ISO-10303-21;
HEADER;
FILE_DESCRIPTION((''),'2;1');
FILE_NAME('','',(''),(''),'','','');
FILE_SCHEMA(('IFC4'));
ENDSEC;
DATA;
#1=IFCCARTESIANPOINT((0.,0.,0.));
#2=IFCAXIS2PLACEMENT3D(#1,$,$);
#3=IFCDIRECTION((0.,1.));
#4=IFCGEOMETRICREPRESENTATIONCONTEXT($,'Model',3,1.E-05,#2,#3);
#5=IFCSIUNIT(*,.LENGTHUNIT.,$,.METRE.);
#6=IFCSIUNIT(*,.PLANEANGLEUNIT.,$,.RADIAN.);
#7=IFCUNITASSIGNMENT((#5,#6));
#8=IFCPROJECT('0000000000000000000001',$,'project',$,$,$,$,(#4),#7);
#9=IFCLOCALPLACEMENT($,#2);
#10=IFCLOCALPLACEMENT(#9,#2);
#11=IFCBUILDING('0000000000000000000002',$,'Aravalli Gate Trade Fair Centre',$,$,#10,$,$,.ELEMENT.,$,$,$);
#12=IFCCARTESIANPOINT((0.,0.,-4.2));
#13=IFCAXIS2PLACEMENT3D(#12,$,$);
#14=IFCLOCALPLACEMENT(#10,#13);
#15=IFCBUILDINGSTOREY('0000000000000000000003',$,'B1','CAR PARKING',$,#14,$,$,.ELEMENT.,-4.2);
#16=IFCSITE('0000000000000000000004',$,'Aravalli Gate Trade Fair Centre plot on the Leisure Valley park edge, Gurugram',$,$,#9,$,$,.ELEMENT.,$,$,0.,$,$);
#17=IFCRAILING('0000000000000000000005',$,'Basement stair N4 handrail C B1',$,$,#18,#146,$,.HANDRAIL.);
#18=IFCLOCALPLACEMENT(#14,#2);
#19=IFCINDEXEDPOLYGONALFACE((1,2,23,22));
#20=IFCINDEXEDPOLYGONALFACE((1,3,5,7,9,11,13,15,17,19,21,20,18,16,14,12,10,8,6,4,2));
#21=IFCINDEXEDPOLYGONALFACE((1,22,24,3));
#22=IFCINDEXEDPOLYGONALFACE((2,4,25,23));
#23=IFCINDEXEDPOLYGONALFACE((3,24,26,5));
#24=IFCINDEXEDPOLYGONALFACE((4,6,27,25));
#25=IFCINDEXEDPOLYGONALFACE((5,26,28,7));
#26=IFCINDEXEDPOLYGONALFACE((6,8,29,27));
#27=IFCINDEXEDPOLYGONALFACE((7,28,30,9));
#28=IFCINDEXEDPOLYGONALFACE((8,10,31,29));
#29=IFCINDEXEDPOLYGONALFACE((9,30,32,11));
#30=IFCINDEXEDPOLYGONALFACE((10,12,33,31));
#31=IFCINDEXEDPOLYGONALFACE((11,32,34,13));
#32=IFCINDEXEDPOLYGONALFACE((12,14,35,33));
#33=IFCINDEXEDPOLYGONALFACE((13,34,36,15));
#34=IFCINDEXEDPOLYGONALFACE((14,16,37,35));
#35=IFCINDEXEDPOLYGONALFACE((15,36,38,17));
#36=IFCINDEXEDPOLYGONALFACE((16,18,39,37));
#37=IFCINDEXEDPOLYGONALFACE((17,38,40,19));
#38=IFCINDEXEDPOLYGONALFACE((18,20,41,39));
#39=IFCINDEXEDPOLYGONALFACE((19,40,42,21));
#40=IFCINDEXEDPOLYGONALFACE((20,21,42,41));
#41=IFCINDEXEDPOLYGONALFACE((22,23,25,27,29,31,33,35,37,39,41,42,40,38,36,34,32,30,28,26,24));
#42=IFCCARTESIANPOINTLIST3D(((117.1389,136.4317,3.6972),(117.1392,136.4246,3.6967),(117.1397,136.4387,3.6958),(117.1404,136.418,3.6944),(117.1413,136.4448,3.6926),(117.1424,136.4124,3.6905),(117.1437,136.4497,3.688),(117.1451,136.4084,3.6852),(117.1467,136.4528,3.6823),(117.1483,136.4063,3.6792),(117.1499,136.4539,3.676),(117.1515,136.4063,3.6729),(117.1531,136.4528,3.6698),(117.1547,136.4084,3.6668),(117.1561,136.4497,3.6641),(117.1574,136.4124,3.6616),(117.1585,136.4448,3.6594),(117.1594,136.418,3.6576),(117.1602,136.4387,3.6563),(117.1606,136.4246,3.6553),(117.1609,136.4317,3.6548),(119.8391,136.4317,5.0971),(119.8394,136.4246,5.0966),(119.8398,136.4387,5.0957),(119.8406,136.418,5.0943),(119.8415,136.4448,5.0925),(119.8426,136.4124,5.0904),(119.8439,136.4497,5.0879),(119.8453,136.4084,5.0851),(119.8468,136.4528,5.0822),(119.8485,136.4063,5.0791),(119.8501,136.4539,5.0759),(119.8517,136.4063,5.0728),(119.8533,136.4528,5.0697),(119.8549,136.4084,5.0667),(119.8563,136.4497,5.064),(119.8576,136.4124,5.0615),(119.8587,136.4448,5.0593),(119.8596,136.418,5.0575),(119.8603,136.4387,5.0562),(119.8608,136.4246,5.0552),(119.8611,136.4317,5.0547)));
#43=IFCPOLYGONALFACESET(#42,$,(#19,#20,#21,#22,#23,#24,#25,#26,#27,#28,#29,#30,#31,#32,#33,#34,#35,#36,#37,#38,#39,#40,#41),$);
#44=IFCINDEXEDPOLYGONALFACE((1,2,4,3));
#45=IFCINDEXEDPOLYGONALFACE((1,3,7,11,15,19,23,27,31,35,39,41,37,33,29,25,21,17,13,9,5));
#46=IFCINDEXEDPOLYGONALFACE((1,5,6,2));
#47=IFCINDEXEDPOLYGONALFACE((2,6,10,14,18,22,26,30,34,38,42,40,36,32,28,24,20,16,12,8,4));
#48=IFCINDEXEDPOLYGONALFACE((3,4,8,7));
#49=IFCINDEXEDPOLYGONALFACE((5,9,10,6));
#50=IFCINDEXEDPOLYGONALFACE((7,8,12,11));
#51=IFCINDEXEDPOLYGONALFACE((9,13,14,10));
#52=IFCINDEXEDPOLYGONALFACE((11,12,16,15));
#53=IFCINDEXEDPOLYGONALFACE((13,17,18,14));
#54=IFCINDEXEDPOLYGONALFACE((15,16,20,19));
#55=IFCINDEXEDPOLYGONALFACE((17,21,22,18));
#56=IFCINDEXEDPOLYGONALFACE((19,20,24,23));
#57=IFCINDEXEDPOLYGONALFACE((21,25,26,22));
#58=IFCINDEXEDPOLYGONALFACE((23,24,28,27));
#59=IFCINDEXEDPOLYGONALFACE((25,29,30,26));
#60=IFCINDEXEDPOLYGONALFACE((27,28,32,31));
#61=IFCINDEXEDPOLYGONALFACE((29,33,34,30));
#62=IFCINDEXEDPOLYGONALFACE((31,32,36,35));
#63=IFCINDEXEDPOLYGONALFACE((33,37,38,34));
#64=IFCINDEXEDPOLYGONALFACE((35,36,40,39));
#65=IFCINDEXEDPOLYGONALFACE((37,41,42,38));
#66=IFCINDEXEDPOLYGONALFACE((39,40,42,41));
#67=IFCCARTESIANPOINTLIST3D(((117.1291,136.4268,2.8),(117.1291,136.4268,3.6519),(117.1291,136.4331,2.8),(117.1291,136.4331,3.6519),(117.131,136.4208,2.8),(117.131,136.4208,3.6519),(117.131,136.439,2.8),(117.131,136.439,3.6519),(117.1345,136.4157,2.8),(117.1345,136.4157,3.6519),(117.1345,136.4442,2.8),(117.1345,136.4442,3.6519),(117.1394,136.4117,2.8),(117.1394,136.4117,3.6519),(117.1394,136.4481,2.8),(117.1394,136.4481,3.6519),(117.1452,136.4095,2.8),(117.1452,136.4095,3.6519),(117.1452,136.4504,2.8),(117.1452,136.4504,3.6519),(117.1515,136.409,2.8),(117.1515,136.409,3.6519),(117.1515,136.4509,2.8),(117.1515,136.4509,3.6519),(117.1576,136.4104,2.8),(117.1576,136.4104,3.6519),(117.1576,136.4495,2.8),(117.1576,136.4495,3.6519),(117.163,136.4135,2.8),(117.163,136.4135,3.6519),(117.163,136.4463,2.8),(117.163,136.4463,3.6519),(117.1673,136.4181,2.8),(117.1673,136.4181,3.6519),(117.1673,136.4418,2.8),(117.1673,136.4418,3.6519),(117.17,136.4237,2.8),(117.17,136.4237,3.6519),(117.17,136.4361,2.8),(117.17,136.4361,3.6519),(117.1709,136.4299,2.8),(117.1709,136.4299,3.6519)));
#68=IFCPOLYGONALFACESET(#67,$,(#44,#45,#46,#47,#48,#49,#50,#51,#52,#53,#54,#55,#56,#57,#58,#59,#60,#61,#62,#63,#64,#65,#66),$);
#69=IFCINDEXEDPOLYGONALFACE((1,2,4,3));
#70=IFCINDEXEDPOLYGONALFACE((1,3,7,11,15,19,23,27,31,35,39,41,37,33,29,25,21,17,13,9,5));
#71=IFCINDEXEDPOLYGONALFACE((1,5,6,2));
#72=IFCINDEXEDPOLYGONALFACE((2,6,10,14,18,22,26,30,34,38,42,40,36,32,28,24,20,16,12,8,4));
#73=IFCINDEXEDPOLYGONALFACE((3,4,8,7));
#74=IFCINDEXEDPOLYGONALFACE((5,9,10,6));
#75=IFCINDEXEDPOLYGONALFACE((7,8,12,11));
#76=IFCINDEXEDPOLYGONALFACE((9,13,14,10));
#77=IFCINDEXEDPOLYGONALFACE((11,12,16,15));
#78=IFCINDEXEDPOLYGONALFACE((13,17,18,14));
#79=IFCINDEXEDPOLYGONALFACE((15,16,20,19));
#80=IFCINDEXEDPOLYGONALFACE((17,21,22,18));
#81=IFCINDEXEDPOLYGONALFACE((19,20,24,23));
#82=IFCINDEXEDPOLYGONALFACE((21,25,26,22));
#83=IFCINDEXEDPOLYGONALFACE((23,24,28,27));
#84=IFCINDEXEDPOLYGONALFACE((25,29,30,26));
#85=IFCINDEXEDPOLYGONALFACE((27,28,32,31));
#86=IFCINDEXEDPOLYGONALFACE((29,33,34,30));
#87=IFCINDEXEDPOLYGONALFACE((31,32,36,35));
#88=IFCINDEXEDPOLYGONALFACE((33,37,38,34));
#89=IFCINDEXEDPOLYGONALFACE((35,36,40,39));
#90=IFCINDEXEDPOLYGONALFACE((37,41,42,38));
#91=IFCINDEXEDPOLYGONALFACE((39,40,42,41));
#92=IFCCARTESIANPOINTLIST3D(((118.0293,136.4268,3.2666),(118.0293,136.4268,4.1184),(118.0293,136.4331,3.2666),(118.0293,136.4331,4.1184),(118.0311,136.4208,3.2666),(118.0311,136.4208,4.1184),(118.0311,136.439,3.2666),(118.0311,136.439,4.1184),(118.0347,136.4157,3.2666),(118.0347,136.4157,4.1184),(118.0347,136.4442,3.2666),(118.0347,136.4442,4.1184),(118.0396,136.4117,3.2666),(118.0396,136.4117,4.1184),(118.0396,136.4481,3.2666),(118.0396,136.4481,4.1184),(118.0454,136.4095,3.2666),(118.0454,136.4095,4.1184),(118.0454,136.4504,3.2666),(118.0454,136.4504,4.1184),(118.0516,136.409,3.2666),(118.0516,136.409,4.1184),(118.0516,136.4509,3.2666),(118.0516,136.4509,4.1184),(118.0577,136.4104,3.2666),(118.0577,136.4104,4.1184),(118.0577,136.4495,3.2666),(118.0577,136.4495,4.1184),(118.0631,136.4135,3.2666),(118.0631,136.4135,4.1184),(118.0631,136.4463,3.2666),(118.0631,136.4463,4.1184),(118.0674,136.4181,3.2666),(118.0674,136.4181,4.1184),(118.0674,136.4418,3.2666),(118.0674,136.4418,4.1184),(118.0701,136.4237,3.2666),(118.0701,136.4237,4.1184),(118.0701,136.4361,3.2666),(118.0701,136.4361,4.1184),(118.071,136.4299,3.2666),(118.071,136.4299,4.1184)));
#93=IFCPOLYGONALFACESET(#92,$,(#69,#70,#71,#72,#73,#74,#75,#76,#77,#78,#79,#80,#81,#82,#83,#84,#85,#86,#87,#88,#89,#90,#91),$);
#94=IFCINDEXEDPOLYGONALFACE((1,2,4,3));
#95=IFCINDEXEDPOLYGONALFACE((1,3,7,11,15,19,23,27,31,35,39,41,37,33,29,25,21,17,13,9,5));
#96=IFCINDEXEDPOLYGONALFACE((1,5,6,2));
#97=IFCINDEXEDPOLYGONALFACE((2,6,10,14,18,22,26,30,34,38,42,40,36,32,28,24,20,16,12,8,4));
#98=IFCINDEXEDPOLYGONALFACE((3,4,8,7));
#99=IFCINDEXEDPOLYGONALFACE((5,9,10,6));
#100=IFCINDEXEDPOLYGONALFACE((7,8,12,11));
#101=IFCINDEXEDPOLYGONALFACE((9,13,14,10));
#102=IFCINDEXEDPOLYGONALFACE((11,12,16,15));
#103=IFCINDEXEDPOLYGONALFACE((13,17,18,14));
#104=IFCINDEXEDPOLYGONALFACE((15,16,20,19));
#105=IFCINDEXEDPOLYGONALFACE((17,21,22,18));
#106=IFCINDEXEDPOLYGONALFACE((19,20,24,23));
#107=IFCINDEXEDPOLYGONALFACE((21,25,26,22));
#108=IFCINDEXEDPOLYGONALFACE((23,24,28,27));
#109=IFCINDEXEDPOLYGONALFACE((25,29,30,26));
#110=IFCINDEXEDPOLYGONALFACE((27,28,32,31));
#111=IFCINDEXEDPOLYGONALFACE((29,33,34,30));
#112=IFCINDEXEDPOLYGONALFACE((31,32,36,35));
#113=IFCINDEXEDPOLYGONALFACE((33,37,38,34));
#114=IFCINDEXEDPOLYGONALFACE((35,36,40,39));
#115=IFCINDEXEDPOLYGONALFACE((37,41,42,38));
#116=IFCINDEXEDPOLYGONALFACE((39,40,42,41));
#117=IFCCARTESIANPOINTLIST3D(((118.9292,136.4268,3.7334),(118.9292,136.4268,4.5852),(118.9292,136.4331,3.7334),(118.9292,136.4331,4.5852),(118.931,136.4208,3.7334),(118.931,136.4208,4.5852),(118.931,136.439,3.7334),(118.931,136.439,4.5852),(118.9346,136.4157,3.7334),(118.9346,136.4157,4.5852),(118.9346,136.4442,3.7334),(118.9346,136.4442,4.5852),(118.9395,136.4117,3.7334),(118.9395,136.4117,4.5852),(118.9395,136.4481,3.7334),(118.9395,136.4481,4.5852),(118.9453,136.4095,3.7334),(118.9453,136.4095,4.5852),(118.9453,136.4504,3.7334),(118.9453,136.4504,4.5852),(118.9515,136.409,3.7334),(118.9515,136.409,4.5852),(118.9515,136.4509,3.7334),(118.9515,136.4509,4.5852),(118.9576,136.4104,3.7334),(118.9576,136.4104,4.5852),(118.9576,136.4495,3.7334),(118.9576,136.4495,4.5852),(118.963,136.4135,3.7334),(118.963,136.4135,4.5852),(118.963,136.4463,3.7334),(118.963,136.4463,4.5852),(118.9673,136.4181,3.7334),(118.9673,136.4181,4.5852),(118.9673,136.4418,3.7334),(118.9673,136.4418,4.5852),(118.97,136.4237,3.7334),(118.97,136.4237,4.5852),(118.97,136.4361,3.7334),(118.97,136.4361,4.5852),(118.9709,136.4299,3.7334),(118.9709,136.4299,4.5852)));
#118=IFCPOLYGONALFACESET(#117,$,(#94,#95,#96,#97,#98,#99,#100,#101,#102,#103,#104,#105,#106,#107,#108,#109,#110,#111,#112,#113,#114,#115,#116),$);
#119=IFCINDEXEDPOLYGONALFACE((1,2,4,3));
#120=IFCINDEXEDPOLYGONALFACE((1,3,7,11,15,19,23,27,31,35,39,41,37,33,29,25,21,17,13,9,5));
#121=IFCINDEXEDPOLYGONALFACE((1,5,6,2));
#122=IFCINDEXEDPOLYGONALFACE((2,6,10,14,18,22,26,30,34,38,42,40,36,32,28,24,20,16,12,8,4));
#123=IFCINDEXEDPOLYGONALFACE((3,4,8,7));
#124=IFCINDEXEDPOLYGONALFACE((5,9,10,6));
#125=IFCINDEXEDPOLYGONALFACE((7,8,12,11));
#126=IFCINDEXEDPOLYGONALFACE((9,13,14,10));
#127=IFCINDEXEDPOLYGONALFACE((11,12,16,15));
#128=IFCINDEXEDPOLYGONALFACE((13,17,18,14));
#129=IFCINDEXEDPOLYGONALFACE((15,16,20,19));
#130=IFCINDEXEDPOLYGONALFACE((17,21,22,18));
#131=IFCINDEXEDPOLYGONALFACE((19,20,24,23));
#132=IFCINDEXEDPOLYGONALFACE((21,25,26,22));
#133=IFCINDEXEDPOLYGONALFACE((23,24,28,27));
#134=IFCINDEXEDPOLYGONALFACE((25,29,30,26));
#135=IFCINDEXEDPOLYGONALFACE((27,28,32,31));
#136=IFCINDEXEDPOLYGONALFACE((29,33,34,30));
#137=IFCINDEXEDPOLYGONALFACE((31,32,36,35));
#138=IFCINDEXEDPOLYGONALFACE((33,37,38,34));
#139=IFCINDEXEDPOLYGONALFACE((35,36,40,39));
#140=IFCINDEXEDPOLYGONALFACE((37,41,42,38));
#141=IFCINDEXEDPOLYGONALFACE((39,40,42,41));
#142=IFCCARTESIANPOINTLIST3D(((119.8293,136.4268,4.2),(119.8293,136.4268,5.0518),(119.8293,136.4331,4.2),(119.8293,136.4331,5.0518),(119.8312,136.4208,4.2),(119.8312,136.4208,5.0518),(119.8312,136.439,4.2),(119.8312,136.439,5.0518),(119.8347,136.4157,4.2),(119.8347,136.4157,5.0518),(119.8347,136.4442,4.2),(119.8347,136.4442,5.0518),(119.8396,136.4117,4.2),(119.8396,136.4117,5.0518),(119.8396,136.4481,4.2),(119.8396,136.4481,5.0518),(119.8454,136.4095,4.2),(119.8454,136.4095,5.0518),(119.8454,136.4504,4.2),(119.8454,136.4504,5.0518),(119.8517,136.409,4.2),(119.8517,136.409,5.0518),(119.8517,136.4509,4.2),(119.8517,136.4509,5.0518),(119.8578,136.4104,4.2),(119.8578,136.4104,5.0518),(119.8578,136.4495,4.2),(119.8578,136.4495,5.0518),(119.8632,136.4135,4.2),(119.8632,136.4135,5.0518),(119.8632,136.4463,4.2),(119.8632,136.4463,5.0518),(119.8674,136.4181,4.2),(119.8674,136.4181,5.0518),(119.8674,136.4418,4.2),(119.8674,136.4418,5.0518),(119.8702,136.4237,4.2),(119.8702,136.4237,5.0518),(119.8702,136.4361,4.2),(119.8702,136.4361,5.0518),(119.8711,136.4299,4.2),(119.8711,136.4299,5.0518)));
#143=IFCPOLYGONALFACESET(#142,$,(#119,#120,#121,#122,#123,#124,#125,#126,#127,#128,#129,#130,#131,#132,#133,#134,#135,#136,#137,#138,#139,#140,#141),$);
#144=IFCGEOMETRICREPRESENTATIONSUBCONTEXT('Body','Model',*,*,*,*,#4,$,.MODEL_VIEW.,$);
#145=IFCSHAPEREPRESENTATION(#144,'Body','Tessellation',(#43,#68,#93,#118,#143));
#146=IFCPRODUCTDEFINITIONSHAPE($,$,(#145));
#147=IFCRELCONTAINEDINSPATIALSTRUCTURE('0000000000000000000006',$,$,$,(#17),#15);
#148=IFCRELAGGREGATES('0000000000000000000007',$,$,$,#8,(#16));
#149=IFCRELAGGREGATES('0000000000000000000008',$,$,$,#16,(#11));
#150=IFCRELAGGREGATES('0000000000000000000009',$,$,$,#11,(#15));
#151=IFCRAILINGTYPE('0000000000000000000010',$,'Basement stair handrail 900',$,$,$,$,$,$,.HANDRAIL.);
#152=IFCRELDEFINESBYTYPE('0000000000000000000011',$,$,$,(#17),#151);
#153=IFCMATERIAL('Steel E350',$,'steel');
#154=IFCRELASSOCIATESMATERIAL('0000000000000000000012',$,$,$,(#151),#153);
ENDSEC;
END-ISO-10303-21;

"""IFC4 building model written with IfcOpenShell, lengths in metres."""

from ifc_helpers import new_model, si_unit, direction, frame, origin, origin_2d, place, context, subcontext, project, spatial, circle, extrude, material, type_object, element, save


model = new_model("IFC4")

# Units and contexts
model_context = context("Model", 3, precision=1e-05, world=origin(), true_north=direction((0.0, 1.0)))
body_context = subcontext(model_context, "Body", "Model", "MODEL_VIEW")
ifc_project = project(units=[si_unit("LENGTHUNIT", "METRE"), si_unit("PLANEANGLEUNIT", "RADIAN")], contexts=[model_context])

# Site, building, storey
site_placement = place(None, origin())
site = spatial("IfcSite", under=ifc_project, at=site_placement, Name="Aravalli Gate Trade Fair Centre plot on the Leisure Valley park edge, Gurugram", CompositionType="ELEMENT", RefElevation=0.0)
building_placement = place(site_placement, origin())
building = spatial("IfcBuilding", under=site, at=building_placement, Name="Aravalli Gate Trade Fair Centre", CompositionType="ELEMENT")
storey_placement = place(building_placement, frame((0.0, 0.0, -4.2)))
storey = spatial("IfcBuildingStorey", under=building, at=storey_placement, Name="B1", Description="CAR PARKING", CompositionType="ELEMENT", Elevation=-4.2)

# Railing
ifc_material_1 = material(Name="Steel E350", Category="steel")
railing_type_1 = type_object("IfcRailingType", Name="Basement stair handrail 900", PredefinedType="HANDRAIL", material=ifc_material_1)
for number, where, name in (
    (1, (117.1499, 136.4299, 2.8), "Basement stair N4 handrail C B1"),
):
    element("IfcRailing", number, at=place(storey_placement, frame(where)), inside=storey, type_object=railing_type_1, Name=name, PredefinedType="HANDRAIL", context=body_context, shape_type="SweptSolid", body=[
        extrude(circle(Radius=0.0239, at=origin_2d()), frame((0.0, 0.0, 0.876), z_axis=(0.887781, 0.0, 0.460266), x_axis=(0.0, 1.0, 0.0)), (0.0, 0.0, 1.0), 3.0415),
        extrude(circle(Radius=0.021, at=origin_2d()), origin(), (0.0, 0.0, 1.0), 0.8518),
        extrude(circle(Radius=0.021, at=origin_2d()), frame((0.9001, 0.0, 0.4666)), (0.0, 0.0, 1.0), 0.8518),
        extrude(circle(Radius=0.021, at=origin_2d()), frame((1.8, 0.0, 0.9333)), (0.0, 0.0, 1.0), 0.8518),
        extrude(circle(Radius=0.021, at=origin_2d()), frame((2.7002, 0.0, 1.3999)), (0.0, 0.0, 1.0), 0.8518),
    ])

save(model, "model.ifc")
